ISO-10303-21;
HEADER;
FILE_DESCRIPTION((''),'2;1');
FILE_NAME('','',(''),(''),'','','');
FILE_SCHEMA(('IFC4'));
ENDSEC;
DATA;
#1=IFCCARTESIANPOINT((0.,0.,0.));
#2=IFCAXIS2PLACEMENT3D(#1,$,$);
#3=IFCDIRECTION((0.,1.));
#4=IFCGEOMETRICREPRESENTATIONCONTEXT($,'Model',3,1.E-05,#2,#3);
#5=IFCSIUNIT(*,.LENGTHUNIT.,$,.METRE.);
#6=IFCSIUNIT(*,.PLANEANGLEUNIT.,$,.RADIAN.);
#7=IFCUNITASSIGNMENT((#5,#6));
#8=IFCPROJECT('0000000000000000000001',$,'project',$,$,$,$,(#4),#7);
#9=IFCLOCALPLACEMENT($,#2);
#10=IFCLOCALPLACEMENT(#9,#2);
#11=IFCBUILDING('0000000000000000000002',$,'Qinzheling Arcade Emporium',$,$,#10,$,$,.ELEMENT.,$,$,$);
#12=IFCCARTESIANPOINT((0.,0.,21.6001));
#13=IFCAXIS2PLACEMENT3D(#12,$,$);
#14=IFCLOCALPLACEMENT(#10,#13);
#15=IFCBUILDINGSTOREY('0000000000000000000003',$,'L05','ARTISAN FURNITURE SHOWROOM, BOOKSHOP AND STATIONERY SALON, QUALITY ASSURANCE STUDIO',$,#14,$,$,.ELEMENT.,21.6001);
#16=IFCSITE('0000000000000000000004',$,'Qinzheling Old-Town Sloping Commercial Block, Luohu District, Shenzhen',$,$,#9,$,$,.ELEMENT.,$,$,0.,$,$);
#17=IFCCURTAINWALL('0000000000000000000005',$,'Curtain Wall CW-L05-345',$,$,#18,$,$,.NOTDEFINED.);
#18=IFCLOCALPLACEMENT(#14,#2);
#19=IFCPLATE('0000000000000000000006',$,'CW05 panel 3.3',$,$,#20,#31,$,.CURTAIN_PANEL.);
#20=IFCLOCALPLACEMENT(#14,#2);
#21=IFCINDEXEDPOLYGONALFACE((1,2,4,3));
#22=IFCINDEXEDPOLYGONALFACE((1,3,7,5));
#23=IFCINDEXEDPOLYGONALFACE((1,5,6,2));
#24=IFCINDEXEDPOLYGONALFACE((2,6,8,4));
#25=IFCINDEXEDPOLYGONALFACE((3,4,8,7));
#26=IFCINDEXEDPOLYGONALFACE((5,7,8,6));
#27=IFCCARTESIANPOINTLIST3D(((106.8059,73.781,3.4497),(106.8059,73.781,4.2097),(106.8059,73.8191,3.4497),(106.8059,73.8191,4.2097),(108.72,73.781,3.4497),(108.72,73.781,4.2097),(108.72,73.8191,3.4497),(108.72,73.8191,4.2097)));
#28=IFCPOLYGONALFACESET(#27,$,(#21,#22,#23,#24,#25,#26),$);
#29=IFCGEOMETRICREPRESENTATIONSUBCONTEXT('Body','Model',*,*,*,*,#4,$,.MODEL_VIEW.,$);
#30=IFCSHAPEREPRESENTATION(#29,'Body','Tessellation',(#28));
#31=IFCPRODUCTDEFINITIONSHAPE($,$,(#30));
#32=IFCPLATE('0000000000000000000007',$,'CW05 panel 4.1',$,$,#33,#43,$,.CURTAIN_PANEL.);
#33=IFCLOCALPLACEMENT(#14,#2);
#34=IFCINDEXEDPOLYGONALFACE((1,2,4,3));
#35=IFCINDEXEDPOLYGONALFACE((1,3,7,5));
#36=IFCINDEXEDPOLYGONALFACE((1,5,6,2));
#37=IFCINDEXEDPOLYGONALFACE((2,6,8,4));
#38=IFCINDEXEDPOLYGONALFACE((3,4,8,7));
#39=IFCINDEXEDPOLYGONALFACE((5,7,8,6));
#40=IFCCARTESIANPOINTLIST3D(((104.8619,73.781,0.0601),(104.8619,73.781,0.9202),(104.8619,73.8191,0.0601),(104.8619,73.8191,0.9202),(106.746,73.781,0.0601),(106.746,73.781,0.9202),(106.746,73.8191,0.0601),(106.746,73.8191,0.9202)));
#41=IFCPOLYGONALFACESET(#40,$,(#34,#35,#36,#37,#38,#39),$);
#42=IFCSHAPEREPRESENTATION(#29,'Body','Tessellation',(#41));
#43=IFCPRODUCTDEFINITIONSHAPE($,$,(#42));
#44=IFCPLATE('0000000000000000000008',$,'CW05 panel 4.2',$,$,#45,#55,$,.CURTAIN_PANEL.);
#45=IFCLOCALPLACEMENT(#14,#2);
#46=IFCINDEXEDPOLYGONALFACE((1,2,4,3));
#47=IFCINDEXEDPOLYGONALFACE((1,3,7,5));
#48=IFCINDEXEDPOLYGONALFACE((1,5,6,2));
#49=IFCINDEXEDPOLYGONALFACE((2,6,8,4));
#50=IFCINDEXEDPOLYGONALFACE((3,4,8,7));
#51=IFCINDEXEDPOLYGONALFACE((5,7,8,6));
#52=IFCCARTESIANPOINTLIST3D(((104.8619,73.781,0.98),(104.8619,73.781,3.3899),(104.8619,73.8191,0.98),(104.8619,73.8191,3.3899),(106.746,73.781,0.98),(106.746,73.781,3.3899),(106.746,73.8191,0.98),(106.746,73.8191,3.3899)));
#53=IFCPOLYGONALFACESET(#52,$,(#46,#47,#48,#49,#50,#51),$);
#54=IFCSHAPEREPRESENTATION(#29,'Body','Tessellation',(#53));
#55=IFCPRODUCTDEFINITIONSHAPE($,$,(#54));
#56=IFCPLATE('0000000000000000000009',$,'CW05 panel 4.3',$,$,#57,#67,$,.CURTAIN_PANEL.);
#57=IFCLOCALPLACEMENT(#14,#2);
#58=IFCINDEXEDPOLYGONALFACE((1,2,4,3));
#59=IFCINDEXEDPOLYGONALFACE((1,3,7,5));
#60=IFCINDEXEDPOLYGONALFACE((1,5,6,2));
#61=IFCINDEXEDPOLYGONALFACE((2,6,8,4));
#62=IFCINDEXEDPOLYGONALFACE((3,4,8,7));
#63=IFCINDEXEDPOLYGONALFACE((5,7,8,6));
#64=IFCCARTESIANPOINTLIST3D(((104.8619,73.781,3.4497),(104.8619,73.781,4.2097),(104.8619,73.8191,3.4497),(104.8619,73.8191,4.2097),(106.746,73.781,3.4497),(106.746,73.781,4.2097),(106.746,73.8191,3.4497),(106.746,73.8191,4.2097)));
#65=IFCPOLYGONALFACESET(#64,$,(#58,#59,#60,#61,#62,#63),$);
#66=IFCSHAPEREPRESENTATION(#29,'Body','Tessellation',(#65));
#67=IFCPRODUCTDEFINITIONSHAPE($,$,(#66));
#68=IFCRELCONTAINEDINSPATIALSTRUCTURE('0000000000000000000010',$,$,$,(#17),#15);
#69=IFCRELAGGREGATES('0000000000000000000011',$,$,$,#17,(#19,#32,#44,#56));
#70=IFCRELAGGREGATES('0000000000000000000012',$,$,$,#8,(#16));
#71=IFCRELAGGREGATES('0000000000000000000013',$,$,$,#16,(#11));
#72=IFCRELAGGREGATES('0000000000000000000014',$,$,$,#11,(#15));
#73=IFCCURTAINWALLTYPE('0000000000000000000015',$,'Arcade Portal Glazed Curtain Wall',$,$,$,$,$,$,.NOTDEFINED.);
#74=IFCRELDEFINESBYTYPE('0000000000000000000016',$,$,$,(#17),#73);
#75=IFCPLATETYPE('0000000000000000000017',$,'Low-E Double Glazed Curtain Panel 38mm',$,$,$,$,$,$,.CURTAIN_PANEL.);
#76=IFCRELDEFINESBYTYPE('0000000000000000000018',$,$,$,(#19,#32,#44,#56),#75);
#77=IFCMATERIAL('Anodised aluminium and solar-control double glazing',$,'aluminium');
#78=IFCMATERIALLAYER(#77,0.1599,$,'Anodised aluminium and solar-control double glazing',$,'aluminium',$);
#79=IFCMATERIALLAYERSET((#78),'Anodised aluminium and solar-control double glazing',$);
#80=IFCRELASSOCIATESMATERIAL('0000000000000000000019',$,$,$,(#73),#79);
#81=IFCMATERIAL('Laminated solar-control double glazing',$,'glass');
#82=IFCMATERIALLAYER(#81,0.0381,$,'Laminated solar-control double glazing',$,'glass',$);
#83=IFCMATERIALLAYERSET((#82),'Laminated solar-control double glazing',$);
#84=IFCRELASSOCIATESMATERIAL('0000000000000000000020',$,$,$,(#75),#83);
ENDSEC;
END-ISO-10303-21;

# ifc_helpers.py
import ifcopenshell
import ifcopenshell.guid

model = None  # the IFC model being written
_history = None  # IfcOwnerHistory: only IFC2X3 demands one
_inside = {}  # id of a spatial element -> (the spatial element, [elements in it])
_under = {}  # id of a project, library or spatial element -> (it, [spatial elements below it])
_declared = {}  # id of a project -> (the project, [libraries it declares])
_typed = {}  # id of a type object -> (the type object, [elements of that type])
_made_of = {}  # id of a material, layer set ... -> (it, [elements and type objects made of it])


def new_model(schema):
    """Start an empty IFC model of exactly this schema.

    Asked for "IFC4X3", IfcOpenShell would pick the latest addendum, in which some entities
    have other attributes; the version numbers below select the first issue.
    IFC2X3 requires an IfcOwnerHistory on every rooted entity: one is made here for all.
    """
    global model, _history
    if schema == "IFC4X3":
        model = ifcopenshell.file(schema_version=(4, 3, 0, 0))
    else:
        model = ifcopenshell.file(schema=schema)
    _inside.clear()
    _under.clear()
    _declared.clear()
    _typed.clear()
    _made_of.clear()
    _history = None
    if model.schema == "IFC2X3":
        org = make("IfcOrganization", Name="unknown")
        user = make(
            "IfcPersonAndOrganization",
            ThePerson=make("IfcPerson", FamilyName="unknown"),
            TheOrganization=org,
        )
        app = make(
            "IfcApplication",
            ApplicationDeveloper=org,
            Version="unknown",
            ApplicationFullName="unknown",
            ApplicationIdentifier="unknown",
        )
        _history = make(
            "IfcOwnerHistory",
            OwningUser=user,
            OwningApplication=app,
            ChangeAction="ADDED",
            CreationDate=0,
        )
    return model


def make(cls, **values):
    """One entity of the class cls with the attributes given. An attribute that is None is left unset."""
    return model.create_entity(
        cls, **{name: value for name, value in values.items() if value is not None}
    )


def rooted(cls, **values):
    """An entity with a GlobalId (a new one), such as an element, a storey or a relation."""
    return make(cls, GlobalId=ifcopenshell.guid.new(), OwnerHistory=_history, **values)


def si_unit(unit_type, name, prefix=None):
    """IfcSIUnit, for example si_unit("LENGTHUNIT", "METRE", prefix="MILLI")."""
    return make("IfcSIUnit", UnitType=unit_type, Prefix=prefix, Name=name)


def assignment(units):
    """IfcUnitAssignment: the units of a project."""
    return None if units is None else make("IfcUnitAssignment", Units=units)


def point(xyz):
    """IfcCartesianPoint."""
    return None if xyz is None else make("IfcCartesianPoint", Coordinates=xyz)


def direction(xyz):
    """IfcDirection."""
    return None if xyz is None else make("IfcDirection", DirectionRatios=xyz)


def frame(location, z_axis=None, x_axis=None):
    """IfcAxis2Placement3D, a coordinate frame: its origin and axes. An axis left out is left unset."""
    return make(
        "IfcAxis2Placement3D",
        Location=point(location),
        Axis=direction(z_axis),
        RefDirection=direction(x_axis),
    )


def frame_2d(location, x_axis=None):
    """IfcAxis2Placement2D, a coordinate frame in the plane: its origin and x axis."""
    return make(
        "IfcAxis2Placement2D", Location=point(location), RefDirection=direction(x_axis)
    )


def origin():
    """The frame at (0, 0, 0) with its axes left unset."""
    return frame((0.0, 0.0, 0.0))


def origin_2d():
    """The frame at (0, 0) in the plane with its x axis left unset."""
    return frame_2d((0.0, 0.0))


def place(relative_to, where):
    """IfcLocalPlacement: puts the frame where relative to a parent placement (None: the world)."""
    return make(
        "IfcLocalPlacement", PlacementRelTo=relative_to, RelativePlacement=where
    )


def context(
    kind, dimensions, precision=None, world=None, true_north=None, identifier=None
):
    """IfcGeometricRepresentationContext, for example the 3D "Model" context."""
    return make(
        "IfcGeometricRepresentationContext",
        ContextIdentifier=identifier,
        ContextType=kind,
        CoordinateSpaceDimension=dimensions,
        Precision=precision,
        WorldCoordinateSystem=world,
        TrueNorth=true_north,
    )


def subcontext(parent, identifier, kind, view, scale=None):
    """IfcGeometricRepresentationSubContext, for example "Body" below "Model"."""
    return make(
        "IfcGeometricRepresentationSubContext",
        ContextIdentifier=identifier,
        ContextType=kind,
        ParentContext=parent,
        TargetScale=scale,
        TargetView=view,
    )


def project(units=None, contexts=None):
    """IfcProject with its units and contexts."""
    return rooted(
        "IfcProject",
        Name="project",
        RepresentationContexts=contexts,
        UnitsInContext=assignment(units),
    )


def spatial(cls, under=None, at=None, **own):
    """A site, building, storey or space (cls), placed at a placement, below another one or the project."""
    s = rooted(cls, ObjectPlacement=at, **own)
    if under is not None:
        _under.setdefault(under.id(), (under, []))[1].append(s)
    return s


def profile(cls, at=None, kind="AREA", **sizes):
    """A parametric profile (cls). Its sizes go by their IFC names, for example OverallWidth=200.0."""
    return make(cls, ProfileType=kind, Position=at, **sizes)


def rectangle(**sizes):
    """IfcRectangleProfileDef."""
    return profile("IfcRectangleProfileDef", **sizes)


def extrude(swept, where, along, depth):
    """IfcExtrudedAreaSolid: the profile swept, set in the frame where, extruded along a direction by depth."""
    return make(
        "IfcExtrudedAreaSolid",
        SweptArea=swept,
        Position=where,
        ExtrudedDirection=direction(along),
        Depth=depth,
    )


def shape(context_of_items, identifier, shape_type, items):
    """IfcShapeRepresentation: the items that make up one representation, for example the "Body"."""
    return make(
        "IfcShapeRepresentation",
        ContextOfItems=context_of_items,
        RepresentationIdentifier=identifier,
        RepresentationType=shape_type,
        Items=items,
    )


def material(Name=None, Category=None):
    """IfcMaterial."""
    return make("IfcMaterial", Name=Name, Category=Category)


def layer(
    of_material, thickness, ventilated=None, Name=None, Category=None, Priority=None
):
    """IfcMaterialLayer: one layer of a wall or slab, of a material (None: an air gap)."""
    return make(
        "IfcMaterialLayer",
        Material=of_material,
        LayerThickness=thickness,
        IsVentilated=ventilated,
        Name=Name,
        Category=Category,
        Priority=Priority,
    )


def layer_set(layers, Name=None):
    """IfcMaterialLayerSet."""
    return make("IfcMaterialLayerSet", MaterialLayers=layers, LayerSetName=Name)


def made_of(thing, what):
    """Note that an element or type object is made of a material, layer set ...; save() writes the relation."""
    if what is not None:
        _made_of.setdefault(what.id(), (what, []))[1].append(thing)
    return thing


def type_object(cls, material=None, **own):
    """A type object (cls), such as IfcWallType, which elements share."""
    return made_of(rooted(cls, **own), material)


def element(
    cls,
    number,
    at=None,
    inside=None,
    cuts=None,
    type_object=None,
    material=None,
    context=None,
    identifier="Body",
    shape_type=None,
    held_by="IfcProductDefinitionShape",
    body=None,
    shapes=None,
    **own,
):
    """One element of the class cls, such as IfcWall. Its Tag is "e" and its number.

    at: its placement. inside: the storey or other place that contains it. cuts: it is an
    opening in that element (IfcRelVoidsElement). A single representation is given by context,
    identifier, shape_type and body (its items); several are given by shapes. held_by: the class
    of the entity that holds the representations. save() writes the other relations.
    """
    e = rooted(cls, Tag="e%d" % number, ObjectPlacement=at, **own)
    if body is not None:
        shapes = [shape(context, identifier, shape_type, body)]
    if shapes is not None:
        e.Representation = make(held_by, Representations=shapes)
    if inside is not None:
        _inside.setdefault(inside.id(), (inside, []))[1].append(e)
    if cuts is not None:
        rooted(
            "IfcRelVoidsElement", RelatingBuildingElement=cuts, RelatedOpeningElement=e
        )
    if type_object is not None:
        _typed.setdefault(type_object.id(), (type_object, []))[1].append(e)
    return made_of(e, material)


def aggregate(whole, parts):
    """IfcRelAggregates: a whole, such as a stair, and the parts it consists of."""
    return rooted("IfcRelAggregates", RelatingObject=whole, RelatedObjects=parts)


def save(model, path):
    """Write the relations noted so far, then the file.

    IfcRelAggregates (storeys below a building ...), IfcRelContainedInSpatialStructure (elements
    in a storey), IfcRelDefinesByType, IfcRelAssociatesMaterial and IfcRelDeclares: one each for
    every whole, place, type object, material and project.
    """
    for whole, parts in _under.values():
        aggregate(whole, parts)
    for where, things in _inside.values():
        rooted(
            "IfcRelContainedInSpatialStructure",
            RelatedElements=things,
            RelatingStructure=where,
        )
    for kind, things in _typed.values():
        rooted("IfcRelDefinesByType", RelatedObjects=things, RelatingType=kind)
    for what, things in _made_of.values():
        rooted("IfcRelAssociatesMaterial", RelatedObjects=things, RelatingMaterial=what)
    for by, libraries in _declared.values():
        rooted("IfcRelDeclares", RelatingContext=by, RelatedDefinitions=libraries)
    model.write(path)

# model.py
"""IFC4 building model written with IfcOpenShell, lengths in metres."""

from ifc_helpers import new_model, si_unit, direction, frame, origin, origin_2d, place, context, subcontext, project, spatial, rectangle, extrude, material, layer, layer_set, type_object, element, aggregate, save


model = new_model("IFC4")

# Units and contexts
model_context = context("Model", 3, precision=1e-05, world=origin(), true_north=direction((0.0, 1.0)))
body_context = subcontext(model_context, "Body", "Model", "MODEL_VIEW")
ifc_project = project(units=[si_unit("LENGTHUNIT", "METRE"), si_unit("PLANEANGLEUNIT", "RADIAN")], contexts=[model_context])

# Site, building, storey
site_placement = place(None, origin())
site = spatial("IfcSite", under=ifc_project, at=site_placement, Name="Qinzheling Old-Town Sloping Commercial Block, Luohu District, Shenzhen", CompositionType="ELEMENT", RefElevation=0.0)
building_placement = place(site_placement, origin())
building = spatial("IfcBuilding", under=site, at=building_placement, Name="Qinzheling Arcade Emporium", CompositionType="ELEMENT")
storey_placement = place(building_placement, frame((0.0, 0.0, 21.6001)))
storey = spatial("IfcBuildingStorey", under=building, at=storey_placement, Name="L05", Description="ARTISAN FURNITURE SHOWROOM, BOOKSHOP AND STATIONERY SALON, QUALITY ASSURANCE STUDIO", CompositionType="ELEMENT", Elevation=21.6001)

# Shared definitions
ifc_material_1 = material(Name="Anodised aluminium and solar-control double glazing", Category="aluminium")

# Curtain wall
ifc_layer_1 = layer(ifc_material_1, 0.1599, Name="Anodised aluminium and solar-control double glazing", Category="aluminium")
ifc_layer_set_1 = layer_set([ifc_layer_1], Name="Anodised aluminium and solar-control double glazing")
curtain_wall_type_1 = type_object("IfcCurtainWallType", Name="Arcade Portal Glazed Curtain Wall", PredefinedType="NOTDEFINED", material=ifc_layer_set_1)
curtain_wall_1_placement = place(storey_placement, origin())
curtain_wall_1 = element("IfcCurtainWall", 1, at=curtain_wall_1_placement, inside=storey, type_object=curtain_wall_type_1, Name="Curtain Wall CW-L05-345", PredefinedType="NOTDEFINED")

# Plates
ifc_material_2 = material(Name="Laminated solar-control double glazing", Category="glass")
ifc_layer_2 = layer(ifc_material_2, 0.0381, Name="Laminated solar-control double glazing", Category="glass")
ifc_layer_set_2 = layer_set([ifc_layer_2], Name="Laminated solar-control double glazing")
plate_type_1 = type_object("IfcPlateType", Name="Low-E Double Glazed Curtain Panel 38mm", PredefinedType="CURTAIN_PANEL", material=ifc_layer_set_2)
plate_1_placement = place(storey_placement, frame((107.7629, 73.8, 3.4497), z_axis=(0.0, 0.0, 1.0), x_axis=(-1.0, 0.0, 0.0)))
plate_1 = element("IfcPlate", 2, at=plate_1_placement, type_object=plate_type_1, Name="CW05 panel 3.3", PredefinedType="CURTAIN_PANEL", context=body_context, shape_type="SweptSolid", body=[
    extrude(rectangle(XDim=1.9141, YDim=0.0381, at=origin_2d()), origin(), (0.0, 0.0, 1.0), 0.76),
])
plate_2_placement = place(storey_placement, frame((105.804, 73.8, 0.0601), z_axis=(0.0, 0.0, 1.0), x_axis=(-1.0, 0.0, 0.0)))
plate_2 = element("IfcPlate", 3, at=plate_2_placement, type_object=plate_type_1, Name="CW05 panel 4.1", PredefinedType="CURTAIN_PANEL", context=body_context, shape_type="SweptSolid", body=[
    extrude(rectangle(XDim=1.884, YDim=0.0381, at=origin_2d()), origin(), (0.0, 0.0, 1.0), 0.8601),
])
plate_3_placement = place(storey_placement, frame((105.804, 73.8, 0.98), z_axis=(0.0, 0.0, 1.0), x_axis=(-1.0, 0.0, 0.0)))
plate_3 = element("IfcPlate", 4, at=plate_3_placement, type_object=plate_type_1, Name="CW05 panel 4.2", PredefinedType="CURTAIN_PANEL", context=body_context, shape_type="SweptSolid", body=[
    extrude(rectangle(XDim=1.884, YDim=0.0381, at=origin_2d()), origin(), (0.0, 0.0, 1.0), 2.4099),
])
plate_4_placement = place(storey_placement, frame((105.804, 73.8, 3.4497), z_axis=(0.0, 0.0, 1.0), x_axis=(-1.0, 0.0, 0.0)))
plate_4 = element("IfcPlate", 5, at=plate_4_placement, type_object=plate_type_1, Name="CW05 panel 4.3", PredefinedType="CURTAIN_PANEL", context=body_context, shape_type="SweptSolid", body=[
    extrude(rectangle(XDim=1.884, YDim=0.0381, at=origin_2d()), origin(), (0.0, 0.0, 1.0), 0.76),
])
aggregate(curtain_wall_1, [plate_1, plate_2, plate_3, plate_4])

save(model, "model.ifc")
